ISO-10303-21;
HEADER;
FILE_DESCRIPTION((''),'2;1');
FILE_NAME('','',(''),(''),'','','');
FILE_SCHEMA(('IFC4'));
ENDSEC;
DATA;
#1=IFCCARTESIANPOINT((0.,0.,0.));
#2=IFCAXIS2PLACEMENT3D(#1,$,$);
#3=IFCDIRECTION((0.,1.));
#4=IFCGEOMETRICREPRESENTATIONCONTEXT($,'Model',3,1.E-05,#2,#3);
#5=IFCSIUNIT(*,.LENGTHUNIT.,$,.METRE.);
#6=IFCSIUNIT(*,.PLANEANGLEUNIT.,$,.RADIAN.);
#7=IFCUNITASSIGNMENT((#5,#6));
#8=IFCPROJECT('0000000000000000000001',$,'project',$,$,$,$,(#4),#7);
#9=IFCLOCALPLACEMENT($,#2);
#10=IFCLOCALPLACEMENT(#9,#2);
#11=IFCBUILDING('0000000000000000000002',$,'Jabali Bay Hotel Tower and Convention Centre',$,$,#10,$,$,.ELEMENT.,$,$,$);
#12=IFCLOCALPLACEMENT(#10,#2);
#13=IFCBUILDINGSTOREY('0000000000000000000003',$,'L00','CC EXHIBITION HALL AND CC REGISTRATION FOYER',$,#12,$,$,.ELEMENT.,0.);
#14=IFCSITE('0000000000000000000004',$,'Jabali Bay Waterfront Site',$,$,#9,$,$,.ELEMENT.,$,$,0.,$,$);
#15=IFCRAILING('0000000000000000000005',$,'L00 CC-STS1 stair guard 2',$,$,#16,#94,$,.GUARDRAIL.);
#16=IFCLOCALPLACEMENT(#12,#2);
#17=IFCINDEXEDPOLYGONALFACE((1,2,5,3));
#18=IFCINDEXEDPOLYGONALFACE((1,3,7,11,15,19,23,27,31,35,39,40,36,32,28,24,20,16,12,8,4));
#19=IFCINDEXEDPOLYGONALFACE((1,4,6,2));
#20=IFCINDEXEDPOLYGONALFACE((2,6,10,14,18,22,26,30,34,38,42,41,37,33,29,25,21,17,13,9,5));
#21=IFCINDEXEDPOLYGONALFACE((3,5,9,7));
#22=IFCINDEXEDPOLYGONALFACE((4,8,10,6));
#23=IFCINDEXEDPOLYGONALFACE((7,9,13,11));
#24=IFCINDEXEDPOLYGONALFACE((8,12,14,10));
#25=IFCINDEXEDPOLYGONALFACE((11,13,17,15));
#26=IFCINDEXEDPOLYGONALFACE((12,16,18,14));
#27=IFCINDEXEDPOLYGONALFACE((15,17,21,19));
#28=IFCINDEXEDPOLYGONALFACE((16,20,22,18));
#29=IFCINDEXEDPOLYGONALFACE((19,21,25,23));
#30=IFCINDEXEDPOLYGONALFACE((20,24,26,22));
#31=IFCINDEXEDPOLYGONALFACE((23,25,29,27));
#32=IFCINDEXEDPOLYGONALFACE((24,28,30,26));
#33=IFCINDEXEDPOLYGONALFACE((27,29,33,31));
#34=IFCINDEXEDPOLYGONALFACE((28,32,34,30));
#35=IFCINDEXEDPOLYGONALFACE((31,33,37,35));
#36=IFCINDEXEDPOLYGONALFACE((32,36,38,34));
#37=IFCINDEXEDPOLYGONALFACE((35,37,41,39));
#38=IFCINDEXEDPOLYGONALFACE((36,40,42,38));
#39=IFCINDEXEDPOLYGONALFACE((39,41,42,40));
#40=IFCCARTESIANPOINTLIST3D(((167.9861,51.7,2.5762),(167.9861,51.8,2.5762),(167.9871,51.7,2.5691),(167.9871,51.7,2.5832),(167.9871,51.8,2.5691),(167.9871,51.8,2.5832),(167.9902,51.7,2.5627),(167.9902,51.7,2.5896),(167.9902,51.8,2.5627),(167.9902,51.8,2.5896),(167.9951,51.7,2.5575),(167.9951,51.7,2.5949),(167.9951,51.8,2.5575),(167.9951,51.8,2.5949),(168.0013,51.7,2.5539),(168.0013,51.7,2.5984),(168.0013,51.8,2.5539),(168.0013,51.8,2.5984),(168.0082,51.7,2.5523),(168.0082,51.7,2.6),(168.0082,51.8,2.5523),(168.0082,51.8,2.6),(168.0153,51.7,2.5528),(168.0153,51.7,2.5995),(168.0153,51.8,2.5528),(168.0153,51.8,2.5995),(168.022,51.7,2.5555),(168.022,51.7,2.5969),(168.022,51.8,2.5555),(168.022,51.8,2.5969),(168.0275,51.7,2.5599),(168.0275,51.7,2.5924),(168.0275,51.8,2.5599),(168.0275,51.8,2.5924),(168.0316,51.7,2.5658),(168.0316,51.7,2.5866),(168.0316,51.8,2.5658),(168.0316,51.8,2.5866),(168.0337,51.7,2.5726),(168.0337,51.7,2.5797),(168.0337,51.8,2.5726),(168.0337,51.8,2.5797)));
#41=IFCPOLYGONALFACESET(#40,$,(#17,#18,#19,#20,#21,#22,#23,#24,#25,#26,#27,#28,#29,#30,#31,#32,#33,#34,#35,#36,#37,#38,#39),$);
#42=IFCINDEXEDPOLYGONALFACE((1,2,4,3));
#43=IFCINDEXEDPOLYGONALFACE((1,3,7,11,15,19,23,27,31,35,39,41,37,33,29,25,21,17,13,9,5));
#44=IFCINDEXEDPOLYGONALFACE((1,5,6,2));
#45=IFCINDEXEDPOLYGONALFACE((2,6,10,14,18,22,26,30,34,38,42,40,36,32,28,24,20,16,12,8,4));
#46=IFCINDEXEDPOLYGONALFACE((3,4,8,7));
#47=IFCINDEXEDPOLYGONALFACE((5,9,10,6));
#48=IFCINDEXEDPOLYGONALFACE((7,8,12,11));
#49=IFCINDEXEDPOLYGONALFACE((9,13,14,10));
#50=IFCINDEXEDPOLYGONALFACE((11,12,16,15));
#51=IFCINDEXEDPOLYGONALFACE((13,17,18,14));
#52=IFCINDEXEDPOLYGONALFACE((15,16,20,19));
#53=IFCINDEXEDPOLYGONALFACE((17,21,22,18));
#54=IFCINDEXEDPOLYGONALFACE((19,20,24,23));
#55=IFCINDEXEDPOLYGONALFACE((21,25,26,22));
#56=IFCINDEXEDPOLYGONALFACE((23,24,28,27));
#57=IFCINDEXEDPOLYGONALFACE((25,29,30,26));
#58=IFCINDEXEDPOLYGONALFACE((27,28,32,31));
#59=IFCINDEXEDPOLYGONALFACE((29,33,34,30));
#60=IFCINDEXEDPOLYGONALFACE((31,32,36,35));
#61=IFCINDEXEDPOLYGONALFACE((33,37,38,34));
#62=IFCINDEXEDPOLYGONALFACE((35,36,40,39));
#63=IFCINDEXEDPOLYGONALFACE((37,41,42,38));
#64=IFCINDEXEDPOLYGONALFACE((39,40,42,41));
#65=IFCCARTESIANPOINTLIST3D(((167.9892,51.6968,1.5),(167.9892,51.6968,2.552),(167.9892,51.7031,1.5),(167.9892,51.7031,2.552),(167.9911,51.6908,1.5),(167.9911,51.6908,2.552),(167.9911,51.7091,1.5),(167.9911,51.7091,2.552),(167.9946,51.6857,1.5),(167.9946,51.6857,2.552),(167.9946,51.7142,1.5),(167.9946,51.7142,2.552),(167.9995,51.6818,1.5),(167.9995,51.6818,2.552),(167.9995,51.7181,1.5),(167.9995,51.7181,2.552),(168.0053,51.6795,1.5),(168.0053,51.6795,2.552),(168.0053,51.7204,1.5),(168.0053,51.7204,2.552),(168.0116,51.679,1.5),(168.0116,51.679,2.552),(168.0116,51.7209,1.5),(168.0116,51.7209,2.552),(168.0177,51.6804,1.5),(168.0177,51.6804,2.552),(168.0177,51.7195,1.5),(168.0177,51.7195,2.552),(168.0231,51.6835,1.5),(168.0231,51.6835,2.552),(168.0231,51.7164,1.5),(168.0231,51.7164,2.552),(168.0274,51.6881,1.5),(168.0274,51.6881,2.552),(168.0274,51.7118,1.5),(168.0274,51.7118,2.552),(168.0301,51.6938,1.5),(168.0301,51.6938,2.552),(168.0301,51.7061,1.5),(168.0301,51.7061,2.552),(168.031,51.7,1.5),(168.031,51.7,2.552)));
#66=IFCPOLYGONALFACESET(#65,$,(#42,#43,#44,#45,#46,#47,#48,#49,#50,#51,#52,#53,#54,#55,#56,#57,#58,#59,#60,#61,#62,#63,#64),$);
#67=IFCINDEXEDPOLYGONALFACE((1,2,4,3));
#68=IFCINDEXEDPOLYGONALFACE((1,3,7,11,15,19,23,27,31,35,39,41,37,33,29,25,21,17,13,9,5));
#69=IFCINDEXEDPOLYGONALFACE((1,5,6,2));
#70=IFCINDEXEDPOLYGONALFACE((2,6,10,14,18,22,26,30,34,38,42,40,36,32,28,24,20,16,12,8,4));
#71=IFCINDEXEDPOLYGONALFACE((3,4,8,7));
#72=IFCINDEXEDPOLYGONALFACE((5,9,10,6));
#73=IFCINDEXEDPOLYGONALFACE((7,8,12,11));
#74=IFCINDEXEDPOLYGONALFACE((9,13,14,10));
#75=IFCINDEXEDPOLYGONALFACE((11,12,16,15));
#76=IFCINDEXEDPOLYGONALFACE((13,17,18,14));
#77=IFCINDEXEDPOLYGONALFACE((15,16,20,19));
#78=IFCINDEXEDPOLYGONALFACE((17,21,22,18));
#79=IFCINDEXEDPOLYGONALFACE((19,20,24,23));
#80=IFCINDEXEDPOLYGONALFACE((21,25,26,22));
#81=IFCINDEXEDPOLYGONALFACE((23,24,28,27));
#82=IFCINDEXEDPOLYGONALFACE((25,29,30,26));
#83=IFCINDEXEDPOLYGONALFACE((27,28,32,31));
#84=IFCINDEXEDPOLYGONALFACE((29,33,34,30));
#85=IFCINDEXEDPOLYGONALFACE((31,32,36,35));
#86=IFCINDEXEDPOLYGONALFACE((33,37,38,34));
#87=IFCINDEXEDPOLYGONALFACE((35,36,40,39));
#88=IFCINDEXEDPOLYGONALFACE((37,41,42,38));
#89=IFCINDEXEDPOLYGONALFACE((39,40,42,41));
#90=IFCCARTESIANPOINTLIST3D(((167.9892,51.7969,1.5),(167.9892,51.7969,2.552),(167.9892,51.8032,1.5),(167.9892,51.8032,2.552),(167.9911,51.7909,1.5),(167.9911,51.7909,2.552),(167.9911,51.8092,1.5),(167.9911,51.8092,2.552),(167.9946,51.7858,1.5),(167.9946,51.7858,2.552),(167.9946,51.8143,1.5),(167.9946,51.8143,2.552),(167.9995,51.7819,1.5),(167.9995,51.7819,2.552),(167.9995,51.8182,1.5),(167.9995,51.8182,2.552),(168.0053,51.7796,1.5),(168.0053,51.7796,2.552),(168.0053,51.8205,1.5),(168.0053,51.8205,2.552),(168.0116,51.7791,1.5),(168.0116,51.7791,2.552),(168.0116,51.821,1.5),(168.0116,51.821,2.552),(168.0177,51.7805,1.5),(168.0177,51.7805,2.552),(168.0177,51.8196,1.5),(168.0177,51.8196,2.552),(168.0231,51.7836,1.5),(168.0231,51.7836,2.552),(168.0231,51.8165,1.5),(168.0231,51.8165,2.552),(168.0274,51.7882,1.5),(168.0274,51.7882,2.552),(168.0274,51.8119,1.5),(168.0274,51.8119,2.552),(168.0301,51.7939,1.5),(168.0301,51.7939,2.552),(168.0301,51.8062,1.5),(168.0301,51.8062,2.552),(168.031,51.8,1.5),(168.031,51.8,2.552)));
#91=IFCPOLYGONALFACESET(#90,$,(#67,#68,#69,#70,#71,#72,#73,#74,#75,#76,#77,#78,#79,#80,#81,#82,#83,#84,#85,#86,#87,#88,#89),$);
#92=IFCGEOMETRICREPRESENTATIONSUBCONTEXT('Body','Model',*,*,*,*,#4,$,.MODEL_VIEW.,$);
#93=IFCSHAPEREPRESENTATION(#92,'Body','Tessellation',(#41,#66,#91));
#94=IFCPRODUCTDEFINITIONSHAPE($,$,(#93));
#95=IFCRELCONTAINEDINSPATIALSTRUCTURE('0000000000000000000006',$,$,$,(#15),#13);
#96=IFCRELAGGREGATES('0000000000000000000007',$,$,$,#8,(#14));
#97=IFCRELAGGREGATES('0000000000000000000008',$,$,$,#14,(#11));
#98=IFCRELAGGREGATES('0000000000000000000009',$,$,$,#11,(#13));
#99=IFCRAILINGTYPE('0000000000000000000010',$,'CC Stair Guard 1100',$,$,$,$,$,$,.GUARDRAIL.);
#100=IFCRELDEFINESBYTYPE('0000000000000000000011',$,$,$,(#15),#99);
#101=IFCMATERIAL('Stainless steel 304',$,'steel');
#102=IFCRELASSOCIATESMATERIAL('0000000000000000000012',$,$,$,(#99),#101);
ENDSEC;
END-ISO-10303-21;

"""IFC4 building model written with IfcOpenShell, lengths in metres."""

from ifc_helpers import new_model, si_unit, direction, frame, origin, origin_2d, place, context, subcontext, project, spatial, circle, extrude, material, type_object, element, save


model = new_model("IFC4")

# Units and contexts
model_context = context("Model", 3, precision=1e-05, world=origin(), true_north=direction((0.0, 1.0)))
body_context = subcontext(model_context, "Body", "Model", "MODEL_VIEW")
ifc_project = project(units=[si_unit("LENGTHUNIT", "METRE"), si_unit("PLANEANGLEUNIT", "RADIAN")], contexts=[model_context])

# Site, building, storey
site_placement = place(None, origin())
site = spatial("IfcSite", under=ifc_project, at=site_placement, Name="Jabali Bay Waterfront Site", CompositionType="ELEMENT", RefElevation=0.0)
building_placement = place(site_placement, origin())
building = spatial("IfcBuilding", under=site, at=building_placement, Name="Jabali Bay Hotel Tower and Convention Centre", CompositionType="ELEMENT")
storey_placement = place(building_placement, origin())
storey = spatial("IfcBuildingStorey", under=building, at=storey_placement, Name="L00", Description="CC EXHIBITION HALL AND CC REGISTRATION FOYER", CompositionType="ELEMENT", Elevation=0.0)

# Railing
ifc_material_1 = material(Name="Stainless steel 304", Category="steel")
railing_type = type_object("IfcRailingType", Name="CC Stair Guard 1100", PredefinedType="GUARDRAIL", material=ifc_material_1)
railing_1_placement = place(storey_placement, frame((168.01, 51.7, 1.5)))
element("IfcRailing", 1, at=railing_1_placement, inside=storey, type_object=railing_type, Name="L00 CC-STS1 stair guard 2", PredefinedType="GUARDRAIL", context=body_context, shape_type="SweptSolid", body=[
    extrude(circle(Radius=0.0239, at=origin_2d()), frame((0.0, 0.0, 1.0762), z_axis=(0.0, 1.0, 0.0), x_axis=(-1.0, 0.0, 0.0)), (0.0, 0.0, 1.0), 0.1001),
    extrude(circle(Radius=0.021, at=origin_2d()), origin(), (0.0, 0.0, 1.0), 1.052),
    extrude(circle(Radius=0.021, at=origin_2d()), frame((0.0, 0.1001, 0.0)), (0.0, 0.0, 1.0), 1.052),
])

save(model, "model.ifc")
